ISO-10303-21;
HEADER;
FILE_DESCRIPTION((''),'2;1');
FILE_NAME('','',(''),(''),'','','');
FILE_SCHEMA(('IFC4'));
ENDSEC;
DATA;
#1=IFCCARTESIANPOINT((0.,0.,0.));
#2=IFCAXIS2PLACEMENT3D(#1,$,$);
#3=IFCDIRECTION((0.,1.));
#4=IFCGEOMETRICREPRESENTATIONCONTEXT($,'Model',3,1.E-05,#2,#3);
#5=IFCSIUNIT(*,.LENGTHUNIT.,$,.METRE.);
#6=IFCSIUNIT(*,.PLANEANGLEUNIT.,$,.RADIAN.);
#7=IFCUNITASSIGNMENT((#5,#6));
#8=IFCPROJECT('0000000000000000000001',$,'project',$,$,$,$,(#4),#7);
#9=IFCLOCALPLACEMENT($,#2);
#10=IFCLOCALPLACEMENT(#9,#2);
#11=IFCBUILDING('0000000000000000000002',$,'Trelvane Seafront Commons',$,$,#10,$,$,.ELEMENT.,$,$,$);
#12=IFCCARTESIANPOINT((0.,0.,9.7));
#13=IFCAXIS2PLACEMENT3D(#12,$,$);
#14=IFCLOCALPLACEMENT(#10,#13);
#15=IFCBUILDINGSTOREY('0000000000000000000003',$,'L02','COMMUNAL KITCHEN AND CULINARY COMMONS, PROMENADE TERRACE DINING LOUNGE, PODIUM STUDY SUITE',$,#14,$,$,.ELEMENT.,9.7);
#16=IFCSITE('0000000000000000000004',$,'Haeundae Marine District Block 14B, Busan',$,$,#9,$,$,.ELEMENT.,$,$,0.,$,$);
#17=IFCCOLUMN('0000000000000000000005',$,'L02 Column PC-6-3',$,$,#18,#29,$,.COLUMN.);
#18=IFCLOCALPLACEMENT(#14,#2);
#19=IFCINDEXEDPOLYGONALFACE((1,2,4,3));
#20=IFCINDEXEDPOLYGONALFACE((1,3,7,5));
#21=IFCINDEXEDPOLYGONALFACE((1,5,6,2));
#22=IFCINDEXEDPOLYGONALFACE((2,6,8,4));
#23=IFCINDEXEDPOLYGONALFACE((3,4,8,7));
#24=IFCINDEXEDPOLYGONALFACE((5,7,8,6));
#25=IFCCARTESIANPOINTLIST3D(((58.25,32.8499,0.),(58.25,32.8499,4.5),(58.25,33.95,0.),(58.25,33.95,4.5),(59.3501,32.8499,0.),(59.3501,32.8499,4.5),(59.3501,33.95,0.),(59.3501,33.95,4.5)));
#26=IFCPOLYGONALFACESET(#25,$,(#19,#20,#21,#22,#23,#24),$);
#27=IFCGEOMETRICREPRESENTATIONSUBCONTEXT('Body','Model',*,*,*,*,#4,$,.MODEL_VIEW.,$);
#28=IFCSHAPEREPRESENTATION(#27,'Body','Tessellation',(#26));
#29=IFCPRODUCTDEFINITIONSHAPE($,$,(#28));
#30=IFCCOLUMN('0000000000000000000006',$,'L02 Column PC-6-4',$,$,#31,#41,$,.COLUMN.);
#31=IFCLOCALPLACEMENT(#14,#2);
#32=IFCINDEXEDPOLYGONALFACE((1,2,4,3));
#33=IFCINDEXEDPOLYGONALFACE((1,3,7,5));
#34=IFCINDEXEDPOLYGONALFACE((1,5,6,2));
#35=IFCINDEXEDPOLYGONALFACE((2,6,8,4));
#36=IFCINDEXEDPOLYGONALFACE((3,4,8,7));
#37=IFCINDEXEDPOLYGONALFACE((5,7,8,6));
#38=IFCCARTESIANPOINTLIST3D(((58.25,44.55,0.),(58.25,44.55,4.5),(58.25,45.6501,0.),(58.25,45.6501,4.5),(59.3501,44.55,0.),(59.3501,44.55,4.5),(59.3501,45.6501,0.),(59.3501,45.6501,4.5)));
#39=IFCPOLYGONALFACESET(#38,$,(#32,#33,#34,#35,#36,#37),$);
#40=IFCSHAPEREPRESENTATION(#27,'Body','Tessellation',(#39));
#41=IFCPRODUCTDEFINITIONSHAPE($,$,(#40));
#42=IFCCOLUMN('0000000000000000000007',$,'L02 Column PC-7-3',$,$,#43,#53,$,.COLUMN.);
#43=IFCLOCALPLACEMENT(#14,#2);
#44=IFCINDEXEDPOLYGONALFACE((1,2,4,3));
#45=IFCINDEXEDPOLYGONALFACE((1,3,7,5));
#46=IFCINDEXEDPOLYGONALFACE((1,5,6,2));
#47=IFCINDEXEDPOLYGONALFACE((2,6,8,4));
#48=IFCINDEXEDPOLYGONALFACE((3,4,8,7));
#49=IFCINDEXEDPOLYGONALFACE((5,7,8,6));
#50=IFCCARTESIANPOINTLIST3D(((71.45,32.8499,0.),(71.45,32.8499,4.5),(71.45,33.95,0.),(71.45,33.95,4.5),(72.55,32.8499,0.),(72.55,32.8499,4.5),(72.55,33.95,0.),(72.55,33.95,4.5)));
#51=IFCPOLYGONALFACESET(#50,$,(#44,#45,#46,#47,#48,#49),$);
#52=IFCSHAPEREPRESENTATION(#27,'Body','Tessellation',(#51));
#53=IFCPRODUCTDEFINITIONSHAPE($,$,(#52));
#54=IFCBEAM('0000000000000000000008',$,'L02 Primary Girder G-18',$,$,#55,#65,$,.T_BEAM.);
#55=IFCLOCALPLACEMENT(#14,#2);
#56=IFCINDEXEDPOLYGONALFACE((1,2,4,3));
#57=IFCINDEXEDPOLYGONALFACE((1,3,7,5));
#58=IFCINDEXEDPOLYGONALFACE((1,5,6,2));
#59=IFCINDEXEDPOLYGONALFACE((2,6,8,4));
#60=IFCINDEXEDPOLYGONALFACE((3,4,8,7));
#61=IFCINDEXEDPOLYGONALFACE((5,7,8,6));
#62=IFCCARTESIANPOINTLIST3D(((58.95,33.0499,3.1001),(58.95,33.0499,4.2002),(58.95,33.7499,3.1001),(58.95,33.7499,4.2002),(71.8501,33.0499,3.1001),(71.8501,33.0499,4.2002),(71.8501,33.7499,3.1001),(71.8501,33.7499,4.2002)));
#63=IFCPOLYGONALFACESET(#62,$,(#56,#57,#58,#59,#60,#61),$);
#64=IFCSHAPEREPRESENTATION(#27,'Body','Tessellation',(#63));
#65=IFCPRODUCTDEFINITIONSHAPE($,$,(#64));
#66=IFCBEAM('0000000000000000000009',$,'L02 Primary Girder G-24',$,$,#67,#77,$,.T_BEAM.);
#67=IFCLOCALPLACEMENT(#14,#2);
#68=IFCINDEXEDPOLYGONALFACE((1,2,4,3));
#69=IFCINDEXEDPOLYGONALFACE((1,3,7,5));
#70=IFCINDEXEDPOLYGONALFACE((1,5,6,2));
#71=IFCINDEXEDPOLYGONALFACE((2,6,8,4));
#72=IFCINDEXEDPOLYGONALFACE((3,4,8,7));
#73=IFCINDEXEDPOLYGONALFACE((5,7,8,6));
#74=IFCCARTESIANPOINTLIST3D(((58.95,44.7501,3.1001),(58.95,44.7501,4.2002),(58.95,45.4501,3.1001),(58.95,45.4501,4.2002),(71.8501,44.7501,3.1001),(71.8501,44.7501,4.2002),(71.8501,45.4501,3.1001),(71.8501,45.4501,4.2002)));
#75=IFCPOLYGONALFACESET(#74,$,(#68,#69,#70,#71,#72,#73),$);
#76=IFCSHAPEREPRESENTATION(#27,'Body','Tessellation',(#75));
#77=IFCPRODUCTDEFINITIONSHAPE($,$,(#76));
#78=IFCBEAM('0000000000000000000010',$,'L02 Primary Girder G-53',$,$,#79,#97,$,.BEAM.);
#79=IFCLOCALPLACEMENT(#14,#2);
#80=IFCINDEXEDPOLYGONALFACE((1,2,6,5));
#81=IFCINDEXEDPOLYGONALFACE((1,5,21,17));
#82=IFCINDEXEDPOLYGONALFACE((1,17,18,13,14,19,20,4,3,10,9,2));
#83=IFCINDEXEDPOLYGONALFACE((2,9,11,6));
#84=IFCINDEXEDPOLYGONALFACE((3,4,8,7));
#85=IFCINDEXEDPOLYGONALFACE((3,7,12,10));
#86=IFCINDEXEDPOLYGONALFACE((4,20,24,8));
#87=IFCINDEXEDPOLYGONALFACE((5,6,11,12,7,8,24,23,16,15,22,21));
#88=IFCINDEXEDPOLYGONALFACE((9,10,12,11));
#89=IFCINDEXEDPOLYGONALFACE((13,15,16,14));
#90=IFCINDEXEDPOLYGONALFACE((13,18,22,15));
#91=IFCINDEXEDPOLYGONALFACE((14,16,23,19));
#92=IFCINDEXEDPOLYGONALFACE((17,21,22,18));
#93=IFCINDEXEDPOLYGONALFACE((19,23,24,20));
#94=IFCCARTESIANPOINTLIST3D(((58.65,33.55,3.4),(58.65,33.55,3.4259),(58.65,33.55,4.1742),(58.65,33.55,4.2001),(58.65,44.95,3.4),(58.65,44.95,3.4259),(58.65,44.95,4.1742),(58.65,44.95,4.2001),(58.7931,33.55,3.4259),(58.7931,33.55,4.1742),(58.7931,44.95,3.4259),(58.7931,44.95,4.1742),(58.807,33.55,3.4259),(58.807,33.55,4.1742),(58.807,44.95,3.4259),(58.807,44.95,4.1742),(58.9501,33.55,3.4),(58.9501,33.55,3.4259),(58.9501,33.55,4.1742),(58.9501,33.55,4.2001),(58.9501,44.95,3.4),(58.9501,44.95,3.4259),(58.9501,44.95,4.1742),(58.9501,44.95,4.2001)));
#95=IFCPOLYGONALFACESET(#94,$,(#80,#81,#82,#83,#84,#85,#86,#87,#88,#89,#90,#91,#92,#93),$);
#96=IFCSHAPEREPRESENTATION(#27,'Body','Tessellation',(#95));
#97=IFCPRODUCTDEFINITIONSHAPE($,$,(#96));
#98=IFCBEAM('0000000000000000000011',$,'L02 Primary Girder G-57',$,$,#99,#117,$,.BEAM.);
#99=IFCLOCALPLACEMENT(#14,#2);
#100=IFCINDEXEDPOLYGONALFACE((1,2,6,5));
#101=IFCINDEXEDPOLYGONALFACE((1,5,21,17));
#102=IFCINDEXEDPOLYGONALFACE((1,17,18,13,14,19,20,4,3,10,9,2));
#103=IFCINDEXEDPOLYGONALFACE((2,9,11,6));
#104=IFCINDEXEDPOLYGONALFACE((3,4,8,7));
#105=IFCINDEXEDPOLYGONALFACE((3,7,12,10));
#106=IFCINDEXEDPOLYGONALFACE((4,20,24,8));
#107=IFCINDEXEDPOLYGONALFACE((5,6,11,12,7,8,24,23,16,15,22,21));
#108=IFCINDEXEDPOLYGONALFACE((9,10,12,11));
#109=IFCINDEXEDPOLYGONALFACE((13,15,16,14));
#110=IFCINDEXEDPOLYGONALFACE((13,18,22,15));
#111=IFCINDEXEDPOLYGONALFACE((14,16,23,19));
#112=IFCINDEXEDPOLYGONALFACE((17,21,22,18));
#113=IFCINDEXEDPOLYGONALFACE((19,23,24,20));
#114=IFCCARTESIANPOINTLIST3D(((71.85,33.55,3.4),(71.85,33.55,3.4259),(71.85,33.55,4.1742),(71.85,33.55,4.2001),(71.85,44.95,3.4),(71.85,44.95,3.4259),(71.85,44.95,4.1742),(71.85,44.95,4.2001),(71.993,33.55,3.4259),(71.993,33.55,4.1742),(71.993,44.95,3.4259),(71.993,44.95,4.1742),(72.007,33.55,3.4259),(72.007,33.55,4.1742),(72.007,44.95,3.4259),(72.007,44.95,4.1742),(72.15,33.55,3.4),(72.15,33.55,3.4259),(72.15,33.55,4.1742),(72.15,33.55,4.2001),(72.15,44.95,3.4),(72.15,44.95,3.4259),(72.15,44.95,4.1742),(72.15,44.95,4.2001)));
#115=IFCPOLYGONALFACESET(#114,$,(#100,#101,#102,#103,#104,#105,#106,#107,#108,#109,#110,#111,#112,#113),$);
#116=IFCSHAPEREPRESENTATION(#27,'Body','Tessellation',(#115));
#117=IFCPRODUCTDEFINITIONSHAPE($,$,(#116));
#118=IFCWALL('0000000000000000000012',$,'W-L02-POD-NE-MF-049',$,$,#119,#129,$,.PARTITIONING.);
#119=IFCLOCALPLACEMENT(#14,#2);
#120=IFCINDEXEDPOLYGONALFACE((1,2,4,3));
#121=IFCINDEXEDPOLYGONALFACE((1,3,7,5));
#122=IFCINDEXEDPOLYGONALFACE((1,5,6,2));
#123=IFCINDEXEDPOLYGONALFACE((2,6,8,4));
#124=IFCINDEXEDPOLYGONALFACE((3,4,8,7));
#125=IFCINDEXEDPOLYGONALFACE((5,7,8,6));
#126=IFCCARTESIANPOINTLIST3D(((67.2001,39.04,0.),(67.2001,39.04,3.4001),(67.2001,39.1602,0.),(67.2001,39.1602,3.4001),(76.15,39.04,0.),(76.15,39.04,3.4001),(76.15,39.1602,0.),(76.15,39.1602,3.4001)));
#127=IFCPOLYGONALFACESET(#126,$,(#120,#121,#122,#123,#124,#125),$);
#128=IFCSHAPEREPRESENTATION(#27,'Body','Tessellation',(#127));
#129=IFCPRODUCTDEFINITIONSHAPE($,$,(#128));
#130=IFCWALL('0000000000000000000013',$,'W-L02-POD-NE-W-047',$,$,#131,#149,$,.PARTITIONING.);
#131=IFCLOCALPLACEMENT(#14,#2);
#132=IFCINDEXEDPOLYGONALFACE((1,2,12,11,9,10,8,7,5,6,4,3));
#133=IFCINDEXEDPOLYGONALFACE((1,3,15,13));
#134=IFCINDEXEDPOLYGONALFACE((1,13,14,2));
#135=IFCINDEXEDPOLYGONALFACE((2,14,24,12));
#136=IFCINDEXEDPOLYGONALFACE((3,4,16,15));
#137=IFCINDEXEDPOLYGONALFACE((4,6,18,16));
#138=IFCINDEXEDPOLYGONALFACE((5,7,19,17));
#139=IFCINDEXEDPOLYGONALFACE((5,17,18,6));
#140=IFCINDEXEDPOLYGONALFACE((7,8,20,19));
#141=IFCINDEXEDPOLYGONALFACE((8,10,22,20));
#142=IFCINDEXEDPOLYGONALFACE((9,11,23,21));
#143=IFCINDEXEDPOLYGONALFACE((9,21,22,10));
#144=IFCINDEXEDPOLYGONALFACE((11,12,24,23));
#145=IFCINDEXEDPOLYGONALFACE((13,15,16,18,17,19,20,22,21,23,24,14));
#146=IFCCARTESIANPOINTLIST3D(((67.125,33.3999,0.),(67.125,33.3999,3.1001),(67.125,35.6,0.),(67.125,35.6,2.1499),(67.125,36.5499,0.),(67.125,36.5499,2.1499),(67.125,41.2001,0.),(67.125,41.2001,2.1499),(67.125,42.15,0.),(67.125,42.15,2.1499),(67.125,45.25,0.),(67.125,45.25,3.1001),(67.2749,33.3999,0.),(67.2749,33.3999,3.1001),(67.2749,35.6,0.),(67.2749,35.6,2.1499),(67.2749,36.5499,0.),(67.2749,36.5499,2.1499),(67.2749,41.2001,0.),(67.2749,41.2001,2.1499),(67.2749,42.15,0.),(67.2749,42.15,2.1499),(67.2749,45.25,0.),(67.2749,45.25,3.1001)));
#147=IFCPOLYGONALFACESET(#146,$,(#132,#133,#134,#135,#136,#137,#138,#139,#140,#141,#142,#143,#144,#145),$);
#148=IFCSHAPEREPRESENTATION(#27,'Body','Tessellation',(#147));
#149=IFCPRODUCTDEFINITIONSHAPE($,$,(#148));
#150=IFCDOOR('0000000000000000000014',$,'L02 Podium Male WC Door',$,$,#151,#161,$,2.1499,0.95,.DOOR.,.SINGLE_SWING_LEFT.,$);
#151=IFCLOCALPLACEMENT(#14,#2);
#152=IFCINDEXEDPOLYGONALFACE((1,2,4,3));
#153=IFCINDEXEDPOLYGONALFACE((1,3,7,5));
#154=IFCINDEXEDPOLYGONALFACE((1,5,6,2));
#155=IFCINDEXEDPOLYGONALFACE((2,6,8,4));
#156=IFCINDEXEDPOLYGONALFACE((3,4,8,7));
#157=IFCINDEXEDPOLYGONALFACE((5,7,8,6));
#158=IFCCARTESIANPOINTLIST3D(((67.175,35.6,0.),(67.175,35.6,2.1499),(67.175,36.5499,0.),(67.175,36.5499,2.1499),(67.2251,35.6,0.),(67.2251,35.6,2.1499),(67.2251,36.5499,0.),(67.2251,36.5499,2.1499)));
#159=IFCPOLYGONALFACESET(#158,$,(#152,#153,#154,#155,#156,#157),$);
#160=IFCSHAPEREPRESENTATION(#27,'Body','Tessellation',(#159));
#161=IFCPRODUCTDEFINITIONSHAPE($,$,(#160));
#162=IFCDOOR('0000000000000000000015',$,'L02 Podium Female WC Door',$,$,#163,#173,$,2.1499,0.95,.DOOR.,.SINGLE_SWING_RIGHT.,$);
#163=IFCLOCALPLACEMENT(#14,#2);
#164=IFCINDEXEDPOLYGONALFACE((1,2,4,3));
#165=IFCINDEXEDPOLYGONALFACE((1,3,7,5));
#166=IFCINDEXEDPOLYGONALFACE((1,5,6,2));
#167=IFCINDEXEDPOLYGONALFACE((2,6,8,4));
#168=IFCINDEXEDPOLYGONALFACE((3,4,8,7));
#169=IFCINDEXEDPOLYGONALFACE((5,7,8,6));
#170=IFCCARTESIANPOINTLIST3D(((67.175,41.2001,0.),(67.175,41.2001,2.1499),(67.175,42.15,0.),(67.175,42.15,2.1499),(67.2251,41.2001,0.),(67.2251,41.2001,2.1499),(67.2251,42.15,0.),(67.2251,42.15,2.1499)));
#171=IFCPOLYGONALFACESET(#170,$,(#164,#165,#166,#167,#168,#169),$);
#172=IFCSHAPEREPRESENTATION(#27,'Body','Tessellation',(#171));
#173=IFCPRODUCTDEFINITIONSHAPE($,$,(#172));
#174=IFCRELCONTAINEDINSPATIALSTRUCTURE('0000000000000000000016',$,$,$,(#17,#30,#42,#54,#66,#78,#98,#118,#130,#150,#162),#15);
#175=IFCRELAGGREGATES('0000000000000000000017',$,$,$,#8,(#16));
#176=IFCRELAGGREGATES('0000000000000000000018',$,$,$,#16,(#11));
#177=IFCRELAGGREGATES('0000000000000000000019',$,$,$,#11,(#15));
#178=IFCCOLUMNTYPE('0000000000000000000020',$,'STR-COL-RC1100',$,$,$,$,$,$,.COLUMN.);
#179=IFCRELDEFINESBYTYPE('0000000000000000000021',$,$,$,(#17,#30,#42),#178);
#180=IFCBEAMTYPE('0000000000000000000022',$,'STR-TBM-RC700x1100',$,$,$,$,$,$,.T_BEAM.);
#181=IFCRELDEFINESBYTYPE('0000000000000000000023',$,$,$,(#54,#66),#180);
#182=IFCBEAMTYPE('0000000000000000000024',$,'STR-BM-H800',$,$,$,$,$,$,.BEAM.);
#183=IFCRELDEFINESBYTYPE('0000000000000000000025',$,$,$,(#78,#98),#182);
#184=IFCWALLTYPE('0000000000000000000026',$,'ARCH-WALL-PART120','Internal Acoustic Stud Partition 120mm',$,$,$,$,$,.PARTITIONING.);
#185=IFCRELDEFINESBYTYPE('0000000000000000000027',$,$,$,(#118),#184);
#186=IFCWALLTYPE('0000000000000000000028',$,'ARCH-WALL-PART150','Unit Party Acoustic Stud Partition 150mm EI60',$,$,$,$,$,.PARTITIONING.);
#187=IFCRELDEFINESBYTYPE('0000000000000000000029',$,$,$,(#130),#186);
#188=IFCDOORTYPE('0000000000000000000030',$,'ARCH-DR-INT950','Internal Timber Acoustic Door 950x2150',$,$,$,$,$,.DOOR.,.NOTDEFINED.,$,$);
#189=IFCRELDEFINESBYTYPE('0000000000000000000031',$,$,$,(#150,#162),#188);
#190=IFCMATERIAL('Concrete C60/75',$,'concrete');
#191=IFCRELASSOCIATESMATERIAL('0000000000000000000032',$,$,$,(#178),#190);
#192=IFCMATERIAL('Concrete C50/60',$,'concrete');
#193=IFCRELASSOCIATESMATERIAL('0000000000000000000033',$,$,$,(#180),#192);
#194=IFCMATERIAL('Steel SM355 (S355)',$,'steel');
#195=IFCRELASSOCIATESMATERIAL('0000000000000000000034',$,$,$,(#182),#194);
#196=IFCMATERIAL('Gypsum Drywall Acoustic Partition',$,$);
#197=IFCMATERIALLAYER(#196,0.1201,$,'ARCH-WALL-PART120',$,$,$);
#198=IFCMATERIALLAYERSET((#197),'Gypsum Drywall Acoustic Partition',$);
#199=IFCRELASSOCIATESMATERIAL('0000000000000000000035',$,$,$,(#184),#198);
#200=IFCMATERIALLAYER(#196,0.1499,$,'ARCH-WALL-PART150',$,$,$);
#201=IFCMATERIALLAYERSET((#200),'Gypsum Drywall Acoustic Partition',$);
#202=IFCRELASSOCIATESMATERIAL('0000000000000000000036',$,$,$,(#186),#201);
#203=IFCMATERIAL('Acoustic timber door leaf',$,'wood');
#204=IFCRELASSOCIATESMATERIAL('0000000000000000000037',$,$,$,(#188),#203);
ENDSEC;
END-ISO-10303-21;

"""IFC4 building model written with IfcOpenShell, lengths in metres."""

from ifc_helpers import new_model, si_unit, direction, frame, frame_2d, origin, origin_2d, place, context, subcontext, project, spatial, rectangle, i_section, extrude, source, transform, mapped, material, layer, layer_set, material_profile, profile_set, type_object, element, fill, save


model = new_model("IFC4")

# Units and contexts
model_context = context("Model", 3, precision=1e-05, world=origin(), true_north=direction((0.0, 1.0)))
body_context = subcontext(model_context, "Body", "Model", "MODEL_VIEW")
ifc_project = project(units=[si_unit("LENGTHUNIT", "METRE"), si_unit("PLANEANGLEUNIT", "RADIAN")], contexts=[model_context])

# Site, building, storey
site_placement = place(None, origin())
site = spatial("IfcSite", under=ifc_project, at=site_placement, Name="Haeundae Marine District Block 14B, Busan", CompositionType="ELEMENT", RefElevation=0.0)
building_placement = place(site_placement, origin())
building = spatial("IfcBuilding", under=site, at=building_placement, Name="Trelvane Seafront Commons", CompositionType="ELEMENT")
storey_placement = place(building_placement, frame((0.0, 0.0, 9.7)))
storey = spatial("IfcBuildingStorey", under=building, at=storey_placement, Name="L02", Description="COMMUNAL KITCHEN AND CULINARY COMMONS, PROMENADE TERRACE DINING LOUNGE, PODIUM STUDY SUITE", CompositionType="ELEMENT", Elevation=9.7)

# Columns
ifc_material_1 = material(Name="Concrete C60/75", Category="concrete")
ifc_material_profile_1 = material_profile(ifc_material_1, rectangle(XDim=1.1001, YDim=1.1001, at=origin_2d()), Name="RC-1100x1100")
ifc_profile_set_1 = profile_set([ifc_material_profile_1], Name="Concrete C60/75")
column_type = type_object("IfcColumnType", Name="STR-COL-RC1100", PredefinedType="COLUMN", material=ifc_profile_set_1)
shared_shape_1 = source(origin(), body_context, "Body", "SweptSolid", [
    extrude(rectangle(XDim=1.1001, YDim=1.1001, at=origin_2d()), origin(), (0.0, 0.0, 1.0), 4.5),
])
for number, where, z_axis, x_axis, name in (
    (1, (58.8, 33.3999, 0.0), (0.0, 0.0, 1.0), (1.0, 0.0, 0.0), "L02 Column PC-6-3"),
    (2, (58.8, 45.1001, 0.0), (0.0, 0.0, 1.0), (1.0, 0.0, 0.0), "L02 Column PC-6-4"),
    (3, (72.0, 33.3999, 0.0), (0.0, 0.0, 1.0), (1.0, 0.0, 0.0), "L02 Column PC-7-3"),
):
    element("IfcColumn", number, at=place(storey_placement, frame(where, z_axis=z_axis, x_axis=x_axis)), inside=storey, type_object=column_type, Name=name, PredefinedType="COLUMN", context=body_context, shape_type="MappedRepresentation", body=[
        mapped(shared_shape_1, transform((0.0, 0.0, 0.0), x_axis=(1.0, 0.0, 0.0), y_axis=(0.0, 1.0, 0.0), z_axis=(0.0, 0.0, 1.0), scale=1.0)),
    ])

# Beams
ifc_material_2 = material(Name="Concrete C50/60", Category="concrete")
ifc_material_profile_2 = material_profile(ifc_material_2, rectangle(XDim=0.7, YDim=1.1001, at=origin_2d()), Name="RC-700x1100")
ifc_profile_set_2 = profile_set([ifc_material_profile_2], Name="Concrete C50/60")
beam_type_1 = type_object("IfcBeamType", Name="STR-TBM-RC700x1100", PredefinedType="T_BEAM", material=ifc_profile_set_2)
shared_shape_2 = source(origin(), body_context, "Body", "SweptSolid", [
    extrude(rectangle(XDim=0.7, YDim=1.1001, at=origin_2d()), origin(), (0.0, 0.0, 1.0), 12.9001),
])
for number, where, z_axis, x_axis, name in (
    (4, (58.95, 33.3999, 3.6501), (1.0, 0.0, 0.0), (0.0, 1.0, 0.0), "L02 Primary Girder G-18"),
    (5, (58.95, 45.1001, 3.6501), (1.0, 0.0, 0.0), (0.0, 1.0, 0.0), "L02 Primary Girder G-24"),
):
    element("IfcBeam", number, at=place(storey_placement, frame(where, z_axis=z_axis, x_axis=x_axis)), inside=storey, type_object=beam_type_1, Name=name, PredefinedType="T_BEAM", context=body_context, shape_type="MappedRepresentation", body=[
        mapped(shared_shape_2, transform((0.0, 0.0, 0.0), x_axis=(1.0, 0.0, 0.0), y_axis=(0.0, 1.0, 0.0), z_axis=(0.0, 0.0, 1.0), scale=1.0)),
    ])
ifc_material_3 = material(Name="Steel SM355 (S355)", Category="steel")
ifc_material_profile_3 = material_profile(ifc_material_3, i_section(OverallWidth=0.3, OverallDepth=0.8, WebThickness=0.0139, FlangeThickness=0.0259, at=origin_2d()), Name="H-800x300x14x26")
ifc_profile_set_3 = profile_set([ifc_material_profile_3], Name="Steel SM355 (S355)")
beam_type_2 = type_object("IfcBeamType", Name="STR-BM-H800", PredefinedType="BEAM", material=ifc_profile_set_3)
shared_shape_3 = source(origin(), body_context, "Body", "SweptSolid", [
    extrude(i_section(OverallWidth=0.3, OverallDepth=0.8, WebThickness=0.0139, FlangeThickness=0.0259, at=origin_2d()), origin(), (0.0, 0.0, 1.0), 11.3999),
])
for number, where, z_axis, x_axis, name in (
    (6, (58.8, 33.55, 3.8), (0.0, 1.0, 0.0), (-1.0, 0.0, 0.0), "L02 Primary Girder G-53"),
    (7, (72.0, 33.55, 3.8), (0.0, 1.0, 0.0), (-1.0, 0.0, 0.0), "L02 Primary Girder G-57"),
):
    element("IfcBeam", number, at=place(storey_placement, frame(where, z_axis=z_axis, x_axis=x_axis)), inside=storey, type_object=beam_type_2, Name=name, PredefinedType="BEAM", context=body_context, shape_type="MappedRepresentation", body=[
        mapped(shared_shape_3, transform((0.0, 0.0, 0.0), x_axis=(1.0, 0.0, 0.0), y_axis=(0.0, 1.0, 0.0), z_axis=(0.0, 0.0, 1.0), scale=1.0)),
    ])

# Wall
ifc_material_4 = material(Name="Gypsum Drywall Acoustic Partition")
ifc_layer_1 = layer(ifc_material_4, 0.1201, Name="ARCH-WALL-PART120")
ifc_layer_set_1 = layer_set([ifc_layer_1], Name="Gypsum Drywall Acoustic Partition")
wall_type_1 = type_object("IfcWallType", Name="ARCH-WALL-PART120", Description="Internal Acoustic Stud Partition 120mm", PredefinedType="PARTITIONING", material=ifc_layer_set_1)
wall_1_placement = place(storey_placement, frame((67.2, 39.1001, 0.0), z_axis=(0.0, 0.0, 1.0), x_axis=(1.0, 0.0, 0.0)))
element("IfcWall", 8, at=wall_1_placement, inside=storey, type_object=wall_type_1, Name="W-L02-POD-NE-MF-049", PredefinedType="PARTITIONING", context=body_context, shape_type="SweptSolid", body=[
    extrude(rectangle(XDim=8.95, YDim=0.1201, at=frame_2d((4.4751, 0.0))), origin(), (0.0, 0.0, 1.0), 3.4001),
])

# Wall, openings, doors
ifc_layer_2 = layer(ifc_material_4, 0.1499, Name="ARCH-WALL-PART150")
ifc_layer_set_2 = layer_set([ifc_layer_2], Name="Gypsum Drywall Acoustic Partition")
wall_type_2 = type_object("IfcWallType", Name="ARCH-WALL-PART150", Description="Unit Party Acoustic Stud Partition 150mm EI60", PredefinedType="PARTITIONING", material=ifc_layer_set_2)
wall_2_placement = place(storey_placement, frame((67.2, 33.3999, 0.0), z_axis=(0.0, 0.0, 1.0), x_axis=(0.0, 1.0, 0.0)))
wall_2 = element("IfcWall", 9, at=wall_2_placement, inside=storey, type_object=wall_type_2, Name="W-L02-POD-NE-W-047", PredefinedType="PARTITIONING", context=body_context, shape_type="SweptSolid", body=[
    extrude(rectangle(XDim=11.8501, YDim=0.1499, at=frame_2d((5.925, 0.0))), origin(), (0.0, 0.0, 1.0), 3.1001),
])
opening_1_placement = place(wall_2_placement, frame((2.2, 0.0, 0.0)))
opening_1 = element("IfcOpeningElement", 10, at=opening_1_placement, cuts=wall_2, PredefinedType="OPENING", context=body_context, shape_type="SweptSolid", body=[
    extrude(rectangle(XDim=0.95, YDim=2.1499, at=frame_2d((0.4751, 1.075))), frame((0.0, 0.085, 0.0), z_axis=(0.0, -1.0, 0.0), x_axis=(1.0, 0.0, 0.0)), (0.0, 0.0, 1.0), 0.1699),
])
opening_2_placement = place(wall_2_placement, frame((7.8, 0.0, 0.0)))
opening_2 = element("IfcOpeningElement", 11, at=opening_2_placement, cuts=wall_2, PredefinedType="OPENING", context=body_context, shape_type="SweptSolid", body=[
    extrude(rectangle(XDim=0.95, YDim=2.1499, at=frame_2d((0.4751, 1.075))), frame((0.0, 0.085, 0.0), z_axis=(0.0, -1.0, 0.0), x_axis=(1.0, 0.0, 0.0)), (0.0, 0.0, 1.0), 0.1699),
])
ifc_material_5 = material(Name="Acoustic timber door leaf", Category="wood")
door_type = type_object("IfcDoorType", Name="ARCH-DR-INT950", Description="Internal Timber Acoustic Door 950x2150", OperationType="NOTDEFINED", PredefinedType="DOOR", material=ifc_material_5)
shared_shape_4 = source(origin(), body_context, "Body", "SweptSolid", [
    extrude(rectangle(XDim=0.95, YDim=2.1499, at=frame_2d((0.4751, 1.075))), frame((0.0, 0.0249, 0.0), z_axis=(0.0, -1.0, 0.0), x_axis=(1.0, 0.0, 0.0)), (0.0, 0.0, 1.0), 0.05),
])
door_1_placement = place(opening_1_placement, origin())
door_1 = element("IfcDoor", 12, at=door_1_placement, inside=storey, type_object=door_type, Name="L02 Podium Male WC Door", OperationType="SINGLE_SWING_LEFT", OverallHeight=2.1499, OverallWidth=0.95, PredefinedType="DOOR", context=body_context, shape_type="MappedRepresentation", body=[
    mapped(shared_shape_4, transform((0.0, 0.0, 0.0), x_axis=(1.0, 0.0, 0.0), y_axis=(0.0, 1.0, 0.0), z_axis=(0.0, 0.0, 1.0), scale=1.0)),
])
fill(opening_1, door_1)
door_2_placement = place(opening_2_placement, origin())
door_2 = element("IfcDoor", 13, at=door_2_placement, inside=storey, type_object=door_type, Name="L02 Podium Female WC Door", OperationType="SINGLE_SWING_RIGHT", OverallHeight=2.1499, OverallWidth=0.95, PredefinedType="DOOR", context=body_context, shape_type="MappedRepresentation", body=[
    mapped(shared_shape_4, transform((0.0, 0.0, 0.0), x_axis=(1.0, 0.0, 0.0), y_axis=(0.0, 1.0, 0.0), z_axis=(0.0, 0.0, 1.0), scale=1.0)),
])
fill(opening_2, door_2)

save(model, "model.ifc")
